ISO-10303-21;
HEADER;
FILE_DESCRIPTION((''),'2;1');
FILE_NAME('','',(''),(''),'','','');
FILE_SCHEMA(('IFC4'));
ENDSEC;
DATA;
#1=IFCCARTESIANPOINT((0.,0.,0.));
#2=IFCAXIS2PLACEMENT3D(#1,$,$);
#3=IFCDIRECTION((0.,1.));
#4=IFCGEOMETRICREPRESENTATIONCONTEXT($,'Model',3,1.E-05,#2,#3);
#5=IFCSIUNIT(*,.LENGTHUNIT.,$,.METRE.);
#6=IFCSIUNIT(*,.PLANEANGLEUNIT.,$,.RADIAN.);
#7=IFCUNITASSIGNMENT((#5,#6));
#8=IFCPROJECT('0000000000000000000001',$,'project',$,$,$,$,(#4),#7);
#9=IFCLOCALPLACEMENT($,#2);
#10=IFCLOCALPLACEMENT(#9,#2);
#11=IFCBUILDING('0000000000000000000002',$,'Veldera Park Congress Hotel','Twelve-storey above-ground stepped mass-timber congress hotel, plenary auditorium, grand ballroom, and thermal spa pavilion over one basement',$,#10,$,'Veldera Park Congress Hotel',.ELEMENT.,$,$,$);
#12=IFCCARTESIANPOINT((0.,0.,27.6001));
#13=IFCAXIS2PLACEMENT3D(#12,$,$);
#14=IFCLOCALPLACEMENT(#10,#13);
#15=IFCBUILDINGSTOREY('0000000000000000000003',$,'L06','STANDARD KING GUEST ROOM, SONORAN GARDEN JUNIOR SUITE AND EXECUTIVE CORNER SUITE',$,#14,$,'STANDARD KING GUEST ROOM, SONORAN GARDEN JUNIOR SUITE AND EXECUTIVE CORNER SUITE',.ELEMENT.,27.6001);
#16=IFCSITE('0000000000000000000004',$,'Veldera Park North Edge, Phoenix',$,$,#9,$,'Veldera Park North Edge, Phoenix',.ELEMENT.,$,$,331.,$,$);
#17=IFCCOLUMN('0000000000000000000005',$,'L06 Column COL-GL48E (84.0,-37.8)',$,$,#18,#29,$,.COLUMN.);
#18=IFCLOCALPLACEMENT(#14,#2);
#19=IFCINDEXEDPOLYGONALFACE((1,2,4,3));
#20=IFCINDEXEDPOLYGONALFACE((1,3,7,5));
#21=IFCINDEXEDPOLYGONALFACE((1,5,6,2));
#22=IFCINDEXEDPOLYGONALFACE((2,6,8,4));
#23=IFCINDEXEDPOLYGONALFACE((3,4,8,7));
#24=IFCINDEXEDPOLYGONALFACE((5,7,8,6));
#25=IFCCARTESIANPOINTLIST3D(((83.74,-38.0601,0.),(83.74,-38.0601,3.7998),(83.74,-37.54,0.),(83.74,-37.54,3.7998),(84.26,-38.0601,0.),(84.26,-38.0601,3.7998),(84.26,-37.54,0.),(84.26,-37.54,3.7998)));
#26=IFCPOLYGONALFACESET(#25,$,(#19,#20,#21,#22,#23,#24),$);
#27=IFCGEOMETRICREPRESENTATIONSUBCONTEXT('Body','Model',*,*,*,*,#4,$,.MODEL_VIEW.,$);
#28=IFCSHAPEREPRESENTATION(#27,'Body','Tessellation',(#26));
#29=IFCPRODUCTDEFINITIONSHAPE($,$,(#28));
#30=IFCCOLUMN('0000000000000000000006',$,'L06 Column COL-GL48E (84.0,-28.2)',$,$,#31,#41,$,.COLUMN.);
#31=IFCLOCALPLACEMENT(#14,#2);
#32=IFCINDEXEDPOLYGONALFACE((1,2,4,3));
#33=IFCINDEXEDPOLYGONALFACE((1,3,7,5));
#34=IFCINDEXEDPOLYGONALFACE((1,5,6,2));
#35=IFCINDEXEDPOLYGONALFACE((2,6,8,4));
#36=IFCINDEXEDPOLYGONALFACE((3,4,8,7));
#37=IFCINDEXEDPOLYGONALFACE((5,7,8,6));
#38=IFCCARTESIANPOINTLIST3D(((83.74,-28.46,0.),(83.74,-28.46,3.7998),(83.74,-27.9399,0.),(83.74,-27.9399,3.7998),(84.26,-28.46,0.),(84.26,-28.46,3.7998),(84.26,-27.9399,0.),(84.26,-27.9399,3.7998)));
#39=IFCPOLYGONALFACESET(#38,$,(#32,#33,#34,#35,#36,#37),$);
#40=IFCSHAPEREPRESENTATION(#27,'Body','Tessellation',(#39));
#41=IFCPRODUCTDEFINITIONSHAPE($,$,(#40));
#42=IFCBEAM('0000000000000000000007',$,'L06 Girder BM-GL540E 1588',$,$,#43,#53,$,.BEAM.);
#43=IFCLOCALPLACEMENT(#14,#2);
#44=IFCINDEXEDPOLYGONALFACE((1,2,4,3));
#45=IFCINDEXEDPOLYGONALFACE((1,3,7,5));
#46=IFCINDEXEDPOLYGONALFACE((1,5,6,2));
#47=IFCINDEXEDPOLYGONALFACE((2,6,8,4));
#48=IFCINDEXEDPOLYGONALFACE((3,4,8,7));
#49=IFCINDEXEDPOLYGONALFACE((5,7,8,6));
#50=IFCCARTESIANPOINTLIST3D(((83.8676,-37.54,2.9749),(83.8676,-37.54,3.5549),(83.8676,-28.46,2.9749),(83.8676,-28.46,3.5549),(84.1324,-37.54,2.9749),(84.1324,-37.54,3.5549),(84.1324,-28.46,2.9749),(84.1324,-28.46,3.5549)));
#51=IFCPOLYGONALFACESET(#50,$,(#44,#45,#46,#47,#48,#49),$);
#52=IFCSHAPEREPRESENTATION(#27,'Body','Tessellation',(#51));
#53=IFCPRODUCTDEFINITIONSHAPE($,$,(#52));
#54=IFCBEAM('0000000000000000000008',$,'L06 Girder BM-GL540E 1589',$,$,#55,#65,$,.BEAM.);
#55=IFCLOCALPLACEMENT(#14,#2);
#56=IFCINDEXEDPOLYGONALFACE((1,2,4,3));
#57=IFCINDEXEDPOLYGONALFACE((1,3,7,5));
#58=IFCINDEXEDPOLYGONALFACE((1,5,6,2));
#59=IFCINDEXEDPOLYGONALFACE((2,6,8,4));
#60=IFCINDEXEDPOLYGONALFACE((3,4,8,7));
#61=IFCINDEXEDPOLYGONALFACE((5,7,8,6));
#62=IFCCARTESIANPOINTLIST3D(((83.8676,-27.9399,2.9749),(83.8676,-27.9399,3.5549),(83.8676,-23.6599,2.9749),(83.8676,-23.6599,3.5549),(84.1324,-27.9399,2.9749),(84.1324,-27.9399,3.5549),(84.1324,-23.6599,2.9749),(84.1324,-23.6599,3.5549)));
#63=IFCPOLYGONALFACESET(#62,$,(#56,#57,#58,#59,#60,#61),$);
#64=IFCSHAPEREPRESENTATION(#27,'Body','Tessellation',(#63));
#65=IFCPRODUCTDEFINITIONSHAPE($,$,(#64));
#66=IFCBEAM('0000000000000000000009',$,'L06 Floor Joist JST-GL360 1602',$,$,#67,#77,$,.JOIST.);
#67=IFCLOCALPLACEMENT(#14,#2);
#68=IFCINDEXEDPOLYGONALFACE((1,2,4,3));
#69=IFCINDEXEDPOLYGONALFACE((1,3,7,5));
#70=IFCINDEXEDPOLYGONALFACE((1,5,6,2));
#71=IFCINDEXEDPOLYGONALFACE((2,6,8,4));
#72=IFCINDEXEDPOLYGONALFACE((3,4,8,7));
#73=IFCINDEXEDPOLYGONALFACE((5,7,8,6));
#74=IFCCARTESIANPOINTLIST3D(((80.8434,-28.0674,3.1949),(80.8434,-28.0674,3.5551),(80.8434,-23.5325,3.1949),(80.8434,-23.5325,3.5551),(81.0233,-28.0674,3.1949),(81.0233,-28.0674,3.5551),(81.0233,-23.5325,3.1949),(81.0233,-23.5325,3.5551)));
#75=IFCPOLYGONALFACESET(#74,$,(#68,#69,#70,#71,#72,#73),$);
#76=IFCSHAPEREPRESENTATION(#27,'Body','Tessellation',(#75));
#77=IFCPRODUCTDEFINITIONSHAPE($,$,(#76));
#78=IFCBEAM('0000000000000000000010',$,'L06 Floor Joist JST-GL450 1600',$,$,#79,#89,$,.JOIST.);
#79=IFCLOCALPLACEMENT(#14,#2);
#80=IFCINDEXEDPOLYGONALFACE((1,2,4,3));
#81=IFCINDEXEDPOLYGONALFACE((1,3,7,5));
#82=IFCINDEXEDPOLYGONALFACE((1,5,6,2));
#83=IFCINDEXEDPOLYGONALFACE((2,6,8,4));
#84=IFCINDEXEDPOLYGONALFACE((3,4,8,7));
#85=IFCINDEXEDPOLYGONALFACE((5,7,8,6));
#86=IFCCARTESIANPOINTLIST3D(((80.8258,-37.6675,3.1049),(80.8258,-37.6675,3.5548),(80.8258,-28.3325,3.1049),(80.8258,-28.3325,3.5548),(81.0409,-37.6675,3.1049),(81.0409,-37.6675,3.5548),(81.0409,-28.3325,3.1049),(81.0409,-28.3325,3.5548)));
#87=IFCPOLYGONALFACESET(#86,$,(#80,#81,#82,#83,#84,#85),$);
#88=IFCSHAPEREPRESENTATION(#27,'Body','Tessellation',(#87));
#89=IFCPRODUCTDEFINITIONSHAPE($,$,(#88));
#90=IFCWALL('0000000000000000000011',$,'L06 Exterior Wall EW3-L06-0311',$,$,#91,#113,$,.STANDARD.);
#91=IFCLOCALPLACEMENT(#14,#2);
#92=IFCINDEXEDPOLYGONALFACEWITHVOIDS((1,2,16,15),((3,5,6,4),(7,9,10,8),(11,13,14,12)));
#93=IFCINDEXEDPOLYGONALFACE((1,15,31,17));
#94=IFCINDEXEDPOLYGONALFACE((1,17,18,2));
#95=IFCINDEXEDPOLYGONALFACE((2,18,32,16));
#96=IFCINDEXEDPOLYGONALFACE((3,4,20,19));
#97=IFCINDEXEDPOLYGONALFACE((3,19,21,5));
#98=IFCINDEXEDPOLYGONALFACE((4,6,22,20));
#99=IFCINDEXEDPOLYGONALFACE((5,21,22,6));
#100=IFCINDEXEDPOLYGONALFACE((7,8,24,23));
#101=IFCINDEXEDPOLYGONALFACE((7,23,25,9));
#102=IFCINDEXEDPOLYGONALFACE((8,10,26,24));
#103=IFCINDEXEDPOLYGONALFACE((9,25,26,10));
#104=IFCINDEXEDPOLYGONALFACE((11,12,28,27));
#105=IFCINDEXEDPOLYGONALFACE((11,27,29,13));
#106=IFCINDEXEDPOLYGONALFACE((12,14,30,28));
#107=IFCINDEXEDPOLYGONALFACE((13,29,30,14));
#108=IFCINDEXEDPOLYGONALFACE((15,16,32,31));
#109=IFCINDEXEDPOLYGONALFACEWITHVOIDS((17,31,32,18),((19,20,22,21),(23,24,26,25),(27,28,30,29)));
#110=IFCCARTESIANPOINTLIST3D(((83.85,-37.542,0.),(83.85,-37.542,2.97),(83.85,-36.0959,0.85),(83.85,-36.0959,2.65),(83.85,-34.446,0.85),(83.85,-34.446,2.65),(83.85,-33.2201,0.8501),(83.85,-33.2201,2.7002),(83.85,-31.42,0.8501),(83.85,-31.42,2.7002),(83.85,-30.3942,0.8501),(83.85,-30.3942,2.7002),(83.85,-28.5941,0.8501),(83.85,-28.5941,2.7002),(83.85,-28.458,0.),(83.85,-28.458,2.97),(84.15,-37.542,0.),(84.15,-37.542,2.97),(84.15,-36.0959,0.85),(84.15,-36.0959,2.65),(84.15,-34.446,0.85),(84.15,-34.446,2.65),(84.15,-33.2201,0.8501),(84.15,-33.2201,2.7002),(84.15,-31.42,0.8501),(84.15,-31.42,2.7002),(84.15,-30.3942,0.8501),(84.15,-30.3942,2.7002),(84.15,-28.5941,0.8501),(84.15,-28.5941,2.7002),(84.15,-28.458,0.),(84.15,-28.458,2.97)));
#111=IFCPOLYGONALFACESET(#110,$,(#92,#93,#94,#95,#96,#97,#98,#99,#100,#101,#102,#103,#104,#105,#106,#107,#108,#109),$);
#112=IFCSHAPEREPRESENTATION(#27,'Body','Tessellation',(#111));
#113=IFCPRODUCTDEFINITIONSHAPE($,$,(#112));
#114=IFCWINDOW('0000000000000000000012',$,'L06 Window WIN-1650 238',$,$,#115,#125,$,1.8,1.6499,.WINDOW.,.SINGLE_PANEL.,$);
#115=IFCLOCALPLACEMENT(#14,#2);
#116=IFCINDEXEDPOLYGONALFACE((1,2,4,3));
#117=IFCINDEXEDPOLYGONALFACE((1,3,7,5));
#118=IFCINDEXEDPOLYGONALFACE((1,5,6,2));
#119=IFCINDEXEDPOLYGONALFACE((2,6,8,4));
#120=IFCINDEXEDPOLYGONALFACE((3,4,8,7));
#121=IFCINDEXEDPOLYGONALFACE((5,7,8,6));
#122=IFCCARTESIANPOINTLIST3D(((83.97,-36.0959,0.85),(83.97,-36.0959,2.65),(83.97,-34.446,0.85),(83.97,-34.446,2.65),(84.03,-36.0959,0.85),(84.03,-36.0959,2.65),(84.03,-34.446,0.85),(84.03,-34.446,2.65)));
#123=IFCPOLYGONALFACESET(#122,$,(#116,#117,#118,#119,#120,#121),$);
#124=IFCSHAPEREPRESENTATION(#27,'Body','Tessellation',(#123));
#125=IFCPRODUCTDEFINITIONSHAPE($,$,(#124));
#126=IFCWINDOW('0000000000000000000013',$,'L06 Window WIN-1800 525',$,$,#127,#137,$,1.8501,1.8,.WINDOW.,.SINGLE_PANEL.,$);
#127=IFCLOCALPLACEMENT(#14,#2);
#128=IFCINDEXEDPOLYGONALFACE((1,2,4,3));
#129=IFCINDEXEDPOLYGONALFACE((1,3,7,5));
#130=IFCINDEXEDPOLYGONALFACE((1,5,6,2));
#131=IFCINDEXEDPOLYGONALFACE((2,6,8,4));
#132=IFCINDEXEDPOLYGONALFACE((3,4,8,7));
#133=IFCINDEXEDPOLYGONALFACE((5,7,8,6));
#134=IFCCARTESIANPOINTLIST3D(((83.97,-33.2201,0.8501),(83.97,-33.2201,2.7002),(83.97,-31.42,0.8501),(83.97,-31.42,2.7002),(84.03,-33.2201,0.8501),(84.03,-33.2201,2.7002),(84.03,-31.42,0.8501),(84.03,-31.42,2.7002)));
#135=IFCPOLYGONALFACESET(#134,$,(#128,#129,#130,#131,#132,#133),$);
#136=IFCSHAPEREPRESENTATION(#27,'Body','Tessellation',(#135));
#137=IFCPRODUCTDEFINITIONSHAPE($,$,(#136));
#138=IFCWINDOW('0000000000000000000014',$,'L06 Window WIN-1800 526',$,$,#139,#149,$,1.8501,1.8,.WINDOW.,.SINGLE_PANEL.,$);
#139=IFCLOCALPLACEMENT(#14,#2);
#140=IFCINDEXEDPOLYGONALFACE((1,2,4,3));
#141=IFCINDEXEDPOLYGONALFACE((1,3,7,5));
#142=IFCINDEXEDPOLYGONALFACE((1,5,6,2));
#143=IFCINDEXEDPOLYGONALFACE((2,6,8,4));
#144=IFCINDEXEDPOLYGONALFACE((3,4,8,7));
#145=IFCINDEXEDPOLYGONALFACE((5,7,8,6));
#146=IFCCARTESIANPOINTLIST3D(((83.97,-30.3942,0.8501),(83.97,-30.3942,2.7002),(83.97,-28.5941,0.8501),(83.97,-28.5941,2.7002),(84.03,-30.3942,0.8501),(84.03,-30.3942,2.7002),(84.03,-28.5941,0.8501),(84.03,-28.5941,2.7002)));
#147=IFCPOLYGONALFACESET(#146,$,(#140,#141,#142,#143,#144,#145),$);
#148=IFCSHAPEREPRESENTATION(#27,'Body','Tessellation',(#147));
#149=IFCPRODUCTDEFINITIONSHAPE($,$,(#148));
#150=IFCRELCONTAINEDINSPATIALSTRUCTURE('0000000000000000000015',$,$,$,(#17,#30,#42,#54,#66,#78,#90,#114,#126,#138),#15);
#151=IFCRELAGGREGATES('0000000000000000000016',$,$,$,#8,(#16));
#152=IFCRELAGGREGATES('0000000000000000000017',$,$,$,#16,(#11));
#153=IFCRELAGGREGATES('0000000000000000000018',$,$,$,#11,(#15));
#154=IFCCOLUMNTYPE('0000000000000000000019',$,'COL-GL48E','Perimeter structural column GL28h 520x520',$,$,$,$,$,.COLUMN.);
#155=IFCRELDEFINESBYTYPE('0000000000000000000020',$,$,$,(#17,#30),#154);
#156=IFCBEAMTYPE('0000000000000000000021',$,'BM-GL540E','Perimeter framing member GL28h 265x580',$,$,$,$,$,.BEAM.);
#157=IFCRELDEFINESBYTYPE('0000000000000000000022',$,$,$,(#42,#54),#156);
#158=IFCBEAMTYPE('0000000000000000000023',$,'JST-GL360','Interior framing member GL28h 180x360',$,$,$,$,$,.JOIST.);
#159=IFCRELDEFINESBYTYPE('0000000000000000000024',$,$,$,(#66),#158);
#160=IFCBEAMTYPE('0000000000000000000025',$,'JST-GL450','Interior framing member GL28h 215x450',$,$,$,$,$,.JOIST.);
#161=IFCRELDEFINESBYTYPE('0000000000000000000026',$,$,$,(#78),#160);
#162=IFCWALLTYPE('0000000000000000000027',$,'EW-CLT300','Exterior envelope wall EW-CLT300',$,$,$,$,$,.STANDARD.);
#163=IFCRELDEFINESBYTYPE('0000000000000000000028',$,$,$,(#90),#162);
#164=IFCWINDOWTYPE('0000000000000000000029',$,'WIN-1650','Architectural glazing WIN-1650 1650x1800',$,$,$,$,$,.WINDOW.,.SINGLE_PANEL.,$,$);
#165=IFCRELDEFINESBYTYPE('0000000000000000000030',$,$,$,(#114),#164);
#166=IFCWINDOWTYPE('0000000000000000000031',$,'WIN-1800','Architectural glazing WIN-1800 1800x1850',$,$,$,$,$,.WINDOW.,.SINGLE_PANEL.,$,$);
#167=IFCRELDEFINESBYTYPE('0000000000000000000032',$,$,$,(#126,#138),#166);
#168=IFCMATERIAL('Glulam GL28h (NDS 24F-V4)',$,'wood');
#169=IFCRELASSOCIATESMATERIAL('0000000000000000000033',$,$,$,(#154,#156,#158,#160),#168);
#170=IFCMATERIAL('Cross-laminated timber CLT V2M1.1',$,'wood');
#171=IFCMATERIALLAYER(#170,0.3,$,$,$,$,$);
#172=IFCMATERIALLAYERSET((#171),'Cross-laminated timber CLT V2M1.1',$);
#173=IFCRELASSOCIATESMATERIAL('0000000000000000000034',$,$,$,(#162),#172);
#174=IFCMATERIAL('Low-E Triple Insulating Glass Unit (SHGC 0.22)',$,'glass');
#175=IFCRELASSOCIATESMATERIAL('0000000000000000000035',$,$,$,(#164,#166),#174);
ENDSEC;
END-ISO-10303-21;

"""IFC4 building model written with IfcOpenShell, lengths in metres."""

from ifc_helpers import new_model, si_unit, direction, frame, frame_2d, origin, origin_2d, place, context, subcontext, project, spatial, rectangle, extrude, material, layer, layer_set, material_profile, profile_set, type_object, element, fill, save


model = new_model("IFC4")

# Units and contexts
model_context = context("Model", 3, precision=1e-05, world=origin(), true_north=direction((0.0, 1.0)))
body_context = subcontext(model_context, "Body", "Model", "MODEL_VIEW")
ifc_project = project(units=[si_unit("LENGTHUNIT", "METRE"), si_unit("PLANEANGLEUNIT", "RADIAN")], contexts=[model_context])

# Site, building, storey
site_placement = place(None, origin())
site = spatial("IfcSite", under=ifc_project, at=site_placement, Name="Veldera Park North Edge, Phoenix", LongName="Veldera Park North Edge, Phoenix", CompositionType="ELEMENT", RefElevation=331.0)
building_placement = place(site_placement, origin())
building = spatial("IfcBuilding", under=site, at=building_placement, Name="Veldera Park Congress Hotel", Description="Twelve-storey above-ground stepped mass-timber congress hotel, plenary auditorium, grand ballroom, and thermal spa pavilion over one basement", LongName="Veldera Park Congress Hotel", CompositionType="ELEMENT")
storey_placement = place(building_placement, frame((0.0, 0.0, 27.6001)))
storey = spatial("IfcBuildingStorey", under=building, at=storey_placement, Name="L06", Description="STANDARD KING GUEST ROOM, SONORAN GARDEN JUNIOR SUITE AND EXECUTIVE CORNER SUITE", LongName="STANDARD KING GUEST ROOM, SONORAN GARDEN JUNIOR SUITE AND EXECUTIVE CORNER SUITE", CompositionType="ELEMENT", Elevation=27.6001)

# Columns
ifc_material_1 = material(Name="Glulam GL28h (NDS 24F-V4)", Category="wood")
ifc_material_profile_1 = material_profile(ifc_material_1, rectangle(XDim=0.52, YDim=0.52, at=origin_2d()), Name="GL28h 520x520")
ifc_profile_set_1 = profile_set([ifc_material_profile_1], Name="Glulam GL28h (NDS 24F-V4)")
column_type = type_object("IfcColumnType", Name="COL-GL48E", Description="Perimeter structural column GL28h 520x520", PredefinedType="COLUMN", material=ifc_profile_set_1)
for number, where, z_axis, x_axis, name in (
    (1, (84.0, -37.8, 0.0), (0.0, 0.0, 1.0), (1.0, 0.0, 0.0), "L06 Column COL-GL48E (84.0,-37.8)"),
    (2, (84.0, -28.2, 0.0), (0.0, 0.0, 1.0), (1.0, 0.0, 0.0), "L06 Column COL-GL48E (84.0,-28.2)"),
):
    element("IfcColumn", number, at=place(storey_placement, frame(where, z_axis=z_axis, x_axis=x_axis)), inside=storey, type_object=column_type, Name=name, PredefinedType="COLUMN", context=body_context, shape_type="SweptSolid", body=[
        extrude(rectangle(XDim=0.52, YDim=0.52, at=origin_2d()), origin(), (0.0, 0.0, 1.0), 3.7998),
    ])

# Beams
ifc_material_profile_2 = material_profile(ifc_material_1, rectangle(XDim=0.2649, YDim=0.5801, at=origin_2d()), Name="GL28h 265x580")
ifc_profile_set_2 = profile_set([ifc_material_profile_2], Name="Glulam GL28h (NDS 24F-V4)")
beam_type_1 = type_object("IfcBeamType", Name="BM-GL540E", Description="Perimeter framing member GL28h 265x580", PredefinedType="BEAM", material=ifc_profile_set_2)
beam_1_placement = place(storey_placement, frame((84.0, -37.54, 3.2649), z_axis=(0.0, 1.0, 0.0), x_axis=(-1.0, 0.0, 0.0)))
element("IfcBeam", 3, at=beam_1_placement, inside=storey, type_object=beam_type_1, Name="L06 Girder BM-GL540E 1588", PredefinedType="BEAM", context=body_context, shape_type="SweptSolid", body=[
    extrude(rectangle(XDim=0.2649, YDim=0.5801, at=origin_2d()), origin(), (0.0, 0.0, 1.0), 9.0801),
])
beam_2_placement = place(storey_placement, frame((84.0, -27.9399, 3.2649), z_axis=(0.0, 1.0, 0.0), x_axis=(-1.0, 0.0, 0.0)))
element("IfcBeam", 4, at=beam_2_placement, inside=storey, type_object=beam_type_1, Name="L06 Girder BM-GL540E 1589", PredefinedType="BEAM", context=body_context, shape_type="SweptSolid", body=[
    extrude(rectangle(XDim=0.2649, YDim=0.5801, at=origin_2d()), origin(), (0.0, 0.0, 1.0), 4.28),
])
ifc_material_profile_3 = material_profile(ifc_material_1, rectangle(XDim=0.1799, YDim=0.3601, at=origin_2d()), Name="GL28h 180x360")
ifc_profile_set_3 = profile_set([ifc_material_profile_3], Name="Glulam GL28h (NDS 24F-V4)")
beam_type_2 = type_object("IfcBeamType", Name="JST-GL360", Description="Interior framing member GL28h 180x360", PredefinedType="JOIST", material=ifc_profile_set_3)
beam_3_placement = place(storey_placement, frame((80.9333, -28.0674, 3.375), z_axis=(0.0, 1.0, 0.0), x_axis=(-1.0, 0.0, 0.0)))
element("IfcBeam", 5, at=beam_3_placement, inside=storey, type_object=beam_type_2, Name="L06 Floor Joist JST-GL360 1602", PredefinedType="JOIST", context=body_context, shape_type="SweptSolid", body=[
    extrude(rectangle(XDim=0.1799, YDim=0.3601, at=origin_2d()), origin(), (0.0, 0.0, 1.0), 4.5349),
])
ifc_material_profile_4 = material_profile(ifc_material_1, rectangle(XDim=0.2151, YDim=0.45, at=origin_2d()), Name="GL28h 215x450")
ifc_profile_set_4 = profile_set([ifc_material_profile_4], Name="Glulam GL28h (NDS 24F-V4)")
beam_type_3 = type_object("IfcBeamType", Name="JST-GL450", Description="Interior framing member GL28h 215x450", PredefinedType="JOIST", material=ifc_profile_set_4)
beam_4_placement = place(storey_placement, frame((80.9333, -37.6675, 3.3298), z_axis=(0.0, 1.0, 0.0), x_axis=(-1.0, 0.0, 0.0)))
element("IfcBeam", 6, at=beam_4_placement, inside=storey, type_object=beam_type_3, Name="L06 Floor Joist JST-GL450 1600", PredefinedType="JOIST", context=body_context, shape_type="SweptSolid", body=[
    extrude(rectangle(XDim=0.2151, YDim=0.45, at=origin_2d()), origin(), (0.0, 0.0, 1.0), 9.335),
])

# Wall, openings, windows
ifc_material_2 = material(Name="Cross-laminated timber CLT V2M1.1", Category="wood")
ifc_layer_1 = layer(ifc_material_2, 0.3)
ifc_layer_set_1 = layer_set([ifc_layer_1], Name="Cross-laminated timber CLT V2M1.1")
wall_type_1 = type_object("IfcWallType", Name="EW-CLT300", Description="Exterior envelope wall EW-CLT300", PredefinedType="STANDARD", material=ifc_layer_set_1)
wall_1_placement = place(storey_placement, frame((84.0, -37.542, 0.0), z_axis=(0.0, 0.0, 1.0), x_axis=(0.0, 1.0, 0.0)))
wall_1 = element("IfcWall", 7, at=wall_1_placement, inside=storey, type_object=wall_type_1, Name="L06 Exterior Wall EW3-L06-0311", PredefinedType="STANDARD", context=body_context, shape_type="SweptSolid", body=[
    extrude(rectangle(XDim=9.084, YDim=0.3, at=frame_2d((4.542, 0.0))), origin(), (0.0, 0.0, 1.0), 2.97),
])
opening_1_placement = place(wall_1_placement, frame((1.446, 0.0, 0.8501)))
opening_1 = element("IfcOpeningElement", 8, at=opening_1_placement, cuts=wall_1, PredefinedType="OPENING", context=body_context, shape_type="SweptSolid", body=[
    extrude(rectangle(XDim=1.6499, YDim=1.8, at=frame_2d((0.825, 0.8999))), frame((0.0, 0.1621, 0.0), z_axis=(0.0, -1.0, 0.0), x_axis=(1.0, 0.0, 0.0)), (0.0, 0.0, 1.0), 0.324),
])
opening_2_placement = place(wall_1_placement, frame((4.322, 0.0, 0.8501)))
opening_2 = element("IfcOpeningElement", 9, at=opening_2_placement, cuts=wall_1, PredefinedType="OPENING", context=body_context, shape_type="SweptSolid", body=[
    extrude(rectangle(XDim=1.8, YDim=1.8501, at=frame_2d((0.8999, 0.925))), frame((0.0, 0.1621, 0.0), z_axis=(0.0, -1.0, 0.0), x_axis=(1.0, 0.0, 0.0)), (0.0, 0.0, 1.0), 0.324),
])
opening_3_placement = place(wall_1_placement, frame((7.1479, 0.0, 0.8501)))
opening_3 = element("IfcOpeningElement", 10, at=opening_3_placement, cuts=wall_1, PredefinedType="OPENING", context=body_context, shape_type="SweptSolid", body=[
    extrude(rectangle(XDim=1.8, YDim=1.8501, at=frame_2d((0.8999, 0.925))), frame((0.0, 0.1621, 0.0), z_axis=(0.0, -1.0, 0.0), x_axis=(1.0, 0.0, 0.0)), (0.0, 0.0, 1.0), 0.324),
])
ifc_material_3 = material(Name="Low-E Triple Insulating Glass Unit (SHGC 0.22)", Category="glass")
window_type_1 = type_object("IfcWindowType", Name="WIN-1650", Description="Architectural glazing WIN-1650 1650x1800", PartitioningType="SINGLE_PANEL", PredefinedType="WINDOW", material=ifc_material_3)
window_1_placement = place(opening_1_placement, origin())
window_1 = element("IfcWindow", 11, at=window_1_placement, inside=storey, type_object=window_type_1, Name="L06 Window WIN-1650 238", OverallHeight=1.8, OverallWidth=1.6499, PartitioningType="SINGLE_PANEL", PredefinedType="WINDOW", context=body_context, shape_type="SweptSolid", body=[
    extrude(rectangle(XDim=1.6499, YDim=1.8, at=frame_2d((0.825, 0.8999))), frame((0.0, 0.03, 0.0), z_axis=(0.0, -1.0, 0.0), x_axis=(1.0, 0.0, 0.0)), (0.0, 0.0, 1.0), 0.0601),
])
fill(opening_1, window_1)
window_type_2 = type_object("IfcWindowType", Name="WIN-1800", Description="Architectural glazing WIN-1800 1800x1850", PartitioningType="SINGLE_PANEL", PredefinedType="WINDOW", material=ifc_material_3)
window_2_placement = place(opening_2_placement, origin())
window_2 = element("IfcWindow", 12, at=window_2_placement, inside=storey, type_object=window_type_2, Name="L06 Window WIN-1800 525", OverallHeight=1.8501, OverallWidth=1.8, PartitioningType="SINGLE_PANEL", PredefinedType="WINDOW", context=body_context, shape_type="SweptSolid", body=[
    extrude(rectangle(XDim=1.8, YDim=1.8501, at=frame_2d((0.8999, 0.925))), frame((0.0, 0.03, 0.0), z_axis=(0.0, -1.0, 0.0), x_axis=(1.0, 0.0, 0.0)), (0.0, 0.0, 1.0), 0.0601),
])
fill(opening_2, window_2)
window_3_placement = place(opening_3_placement, origin())
window_3 = element("IfcWindow", 13, at=window_3_placement, inside=storey, type_object=window_type_2, Name="L06 Window WIN-1800 526", OverallHeight=1.8501, OverallWidth=1.8, PartitioningType="SINGLE_PANEL", PredefinedType="WINDOW", context=body_context, shape_type="SweptSolid", body=[
    extrude(rectangle(XDim=1.8, YDim=1.8501, at=frame_2d((0.8999, 0.925))), frame((0.0, 0.03, 0.0), z_axis=(0.0, -1.0, 0.0), x_axis=(1.0, 0.0, 0.0)), (0.0, 0.0, 1.0), 0.0601),
])
fill(opening_3, window_3)

save(model, "model.ifc")
